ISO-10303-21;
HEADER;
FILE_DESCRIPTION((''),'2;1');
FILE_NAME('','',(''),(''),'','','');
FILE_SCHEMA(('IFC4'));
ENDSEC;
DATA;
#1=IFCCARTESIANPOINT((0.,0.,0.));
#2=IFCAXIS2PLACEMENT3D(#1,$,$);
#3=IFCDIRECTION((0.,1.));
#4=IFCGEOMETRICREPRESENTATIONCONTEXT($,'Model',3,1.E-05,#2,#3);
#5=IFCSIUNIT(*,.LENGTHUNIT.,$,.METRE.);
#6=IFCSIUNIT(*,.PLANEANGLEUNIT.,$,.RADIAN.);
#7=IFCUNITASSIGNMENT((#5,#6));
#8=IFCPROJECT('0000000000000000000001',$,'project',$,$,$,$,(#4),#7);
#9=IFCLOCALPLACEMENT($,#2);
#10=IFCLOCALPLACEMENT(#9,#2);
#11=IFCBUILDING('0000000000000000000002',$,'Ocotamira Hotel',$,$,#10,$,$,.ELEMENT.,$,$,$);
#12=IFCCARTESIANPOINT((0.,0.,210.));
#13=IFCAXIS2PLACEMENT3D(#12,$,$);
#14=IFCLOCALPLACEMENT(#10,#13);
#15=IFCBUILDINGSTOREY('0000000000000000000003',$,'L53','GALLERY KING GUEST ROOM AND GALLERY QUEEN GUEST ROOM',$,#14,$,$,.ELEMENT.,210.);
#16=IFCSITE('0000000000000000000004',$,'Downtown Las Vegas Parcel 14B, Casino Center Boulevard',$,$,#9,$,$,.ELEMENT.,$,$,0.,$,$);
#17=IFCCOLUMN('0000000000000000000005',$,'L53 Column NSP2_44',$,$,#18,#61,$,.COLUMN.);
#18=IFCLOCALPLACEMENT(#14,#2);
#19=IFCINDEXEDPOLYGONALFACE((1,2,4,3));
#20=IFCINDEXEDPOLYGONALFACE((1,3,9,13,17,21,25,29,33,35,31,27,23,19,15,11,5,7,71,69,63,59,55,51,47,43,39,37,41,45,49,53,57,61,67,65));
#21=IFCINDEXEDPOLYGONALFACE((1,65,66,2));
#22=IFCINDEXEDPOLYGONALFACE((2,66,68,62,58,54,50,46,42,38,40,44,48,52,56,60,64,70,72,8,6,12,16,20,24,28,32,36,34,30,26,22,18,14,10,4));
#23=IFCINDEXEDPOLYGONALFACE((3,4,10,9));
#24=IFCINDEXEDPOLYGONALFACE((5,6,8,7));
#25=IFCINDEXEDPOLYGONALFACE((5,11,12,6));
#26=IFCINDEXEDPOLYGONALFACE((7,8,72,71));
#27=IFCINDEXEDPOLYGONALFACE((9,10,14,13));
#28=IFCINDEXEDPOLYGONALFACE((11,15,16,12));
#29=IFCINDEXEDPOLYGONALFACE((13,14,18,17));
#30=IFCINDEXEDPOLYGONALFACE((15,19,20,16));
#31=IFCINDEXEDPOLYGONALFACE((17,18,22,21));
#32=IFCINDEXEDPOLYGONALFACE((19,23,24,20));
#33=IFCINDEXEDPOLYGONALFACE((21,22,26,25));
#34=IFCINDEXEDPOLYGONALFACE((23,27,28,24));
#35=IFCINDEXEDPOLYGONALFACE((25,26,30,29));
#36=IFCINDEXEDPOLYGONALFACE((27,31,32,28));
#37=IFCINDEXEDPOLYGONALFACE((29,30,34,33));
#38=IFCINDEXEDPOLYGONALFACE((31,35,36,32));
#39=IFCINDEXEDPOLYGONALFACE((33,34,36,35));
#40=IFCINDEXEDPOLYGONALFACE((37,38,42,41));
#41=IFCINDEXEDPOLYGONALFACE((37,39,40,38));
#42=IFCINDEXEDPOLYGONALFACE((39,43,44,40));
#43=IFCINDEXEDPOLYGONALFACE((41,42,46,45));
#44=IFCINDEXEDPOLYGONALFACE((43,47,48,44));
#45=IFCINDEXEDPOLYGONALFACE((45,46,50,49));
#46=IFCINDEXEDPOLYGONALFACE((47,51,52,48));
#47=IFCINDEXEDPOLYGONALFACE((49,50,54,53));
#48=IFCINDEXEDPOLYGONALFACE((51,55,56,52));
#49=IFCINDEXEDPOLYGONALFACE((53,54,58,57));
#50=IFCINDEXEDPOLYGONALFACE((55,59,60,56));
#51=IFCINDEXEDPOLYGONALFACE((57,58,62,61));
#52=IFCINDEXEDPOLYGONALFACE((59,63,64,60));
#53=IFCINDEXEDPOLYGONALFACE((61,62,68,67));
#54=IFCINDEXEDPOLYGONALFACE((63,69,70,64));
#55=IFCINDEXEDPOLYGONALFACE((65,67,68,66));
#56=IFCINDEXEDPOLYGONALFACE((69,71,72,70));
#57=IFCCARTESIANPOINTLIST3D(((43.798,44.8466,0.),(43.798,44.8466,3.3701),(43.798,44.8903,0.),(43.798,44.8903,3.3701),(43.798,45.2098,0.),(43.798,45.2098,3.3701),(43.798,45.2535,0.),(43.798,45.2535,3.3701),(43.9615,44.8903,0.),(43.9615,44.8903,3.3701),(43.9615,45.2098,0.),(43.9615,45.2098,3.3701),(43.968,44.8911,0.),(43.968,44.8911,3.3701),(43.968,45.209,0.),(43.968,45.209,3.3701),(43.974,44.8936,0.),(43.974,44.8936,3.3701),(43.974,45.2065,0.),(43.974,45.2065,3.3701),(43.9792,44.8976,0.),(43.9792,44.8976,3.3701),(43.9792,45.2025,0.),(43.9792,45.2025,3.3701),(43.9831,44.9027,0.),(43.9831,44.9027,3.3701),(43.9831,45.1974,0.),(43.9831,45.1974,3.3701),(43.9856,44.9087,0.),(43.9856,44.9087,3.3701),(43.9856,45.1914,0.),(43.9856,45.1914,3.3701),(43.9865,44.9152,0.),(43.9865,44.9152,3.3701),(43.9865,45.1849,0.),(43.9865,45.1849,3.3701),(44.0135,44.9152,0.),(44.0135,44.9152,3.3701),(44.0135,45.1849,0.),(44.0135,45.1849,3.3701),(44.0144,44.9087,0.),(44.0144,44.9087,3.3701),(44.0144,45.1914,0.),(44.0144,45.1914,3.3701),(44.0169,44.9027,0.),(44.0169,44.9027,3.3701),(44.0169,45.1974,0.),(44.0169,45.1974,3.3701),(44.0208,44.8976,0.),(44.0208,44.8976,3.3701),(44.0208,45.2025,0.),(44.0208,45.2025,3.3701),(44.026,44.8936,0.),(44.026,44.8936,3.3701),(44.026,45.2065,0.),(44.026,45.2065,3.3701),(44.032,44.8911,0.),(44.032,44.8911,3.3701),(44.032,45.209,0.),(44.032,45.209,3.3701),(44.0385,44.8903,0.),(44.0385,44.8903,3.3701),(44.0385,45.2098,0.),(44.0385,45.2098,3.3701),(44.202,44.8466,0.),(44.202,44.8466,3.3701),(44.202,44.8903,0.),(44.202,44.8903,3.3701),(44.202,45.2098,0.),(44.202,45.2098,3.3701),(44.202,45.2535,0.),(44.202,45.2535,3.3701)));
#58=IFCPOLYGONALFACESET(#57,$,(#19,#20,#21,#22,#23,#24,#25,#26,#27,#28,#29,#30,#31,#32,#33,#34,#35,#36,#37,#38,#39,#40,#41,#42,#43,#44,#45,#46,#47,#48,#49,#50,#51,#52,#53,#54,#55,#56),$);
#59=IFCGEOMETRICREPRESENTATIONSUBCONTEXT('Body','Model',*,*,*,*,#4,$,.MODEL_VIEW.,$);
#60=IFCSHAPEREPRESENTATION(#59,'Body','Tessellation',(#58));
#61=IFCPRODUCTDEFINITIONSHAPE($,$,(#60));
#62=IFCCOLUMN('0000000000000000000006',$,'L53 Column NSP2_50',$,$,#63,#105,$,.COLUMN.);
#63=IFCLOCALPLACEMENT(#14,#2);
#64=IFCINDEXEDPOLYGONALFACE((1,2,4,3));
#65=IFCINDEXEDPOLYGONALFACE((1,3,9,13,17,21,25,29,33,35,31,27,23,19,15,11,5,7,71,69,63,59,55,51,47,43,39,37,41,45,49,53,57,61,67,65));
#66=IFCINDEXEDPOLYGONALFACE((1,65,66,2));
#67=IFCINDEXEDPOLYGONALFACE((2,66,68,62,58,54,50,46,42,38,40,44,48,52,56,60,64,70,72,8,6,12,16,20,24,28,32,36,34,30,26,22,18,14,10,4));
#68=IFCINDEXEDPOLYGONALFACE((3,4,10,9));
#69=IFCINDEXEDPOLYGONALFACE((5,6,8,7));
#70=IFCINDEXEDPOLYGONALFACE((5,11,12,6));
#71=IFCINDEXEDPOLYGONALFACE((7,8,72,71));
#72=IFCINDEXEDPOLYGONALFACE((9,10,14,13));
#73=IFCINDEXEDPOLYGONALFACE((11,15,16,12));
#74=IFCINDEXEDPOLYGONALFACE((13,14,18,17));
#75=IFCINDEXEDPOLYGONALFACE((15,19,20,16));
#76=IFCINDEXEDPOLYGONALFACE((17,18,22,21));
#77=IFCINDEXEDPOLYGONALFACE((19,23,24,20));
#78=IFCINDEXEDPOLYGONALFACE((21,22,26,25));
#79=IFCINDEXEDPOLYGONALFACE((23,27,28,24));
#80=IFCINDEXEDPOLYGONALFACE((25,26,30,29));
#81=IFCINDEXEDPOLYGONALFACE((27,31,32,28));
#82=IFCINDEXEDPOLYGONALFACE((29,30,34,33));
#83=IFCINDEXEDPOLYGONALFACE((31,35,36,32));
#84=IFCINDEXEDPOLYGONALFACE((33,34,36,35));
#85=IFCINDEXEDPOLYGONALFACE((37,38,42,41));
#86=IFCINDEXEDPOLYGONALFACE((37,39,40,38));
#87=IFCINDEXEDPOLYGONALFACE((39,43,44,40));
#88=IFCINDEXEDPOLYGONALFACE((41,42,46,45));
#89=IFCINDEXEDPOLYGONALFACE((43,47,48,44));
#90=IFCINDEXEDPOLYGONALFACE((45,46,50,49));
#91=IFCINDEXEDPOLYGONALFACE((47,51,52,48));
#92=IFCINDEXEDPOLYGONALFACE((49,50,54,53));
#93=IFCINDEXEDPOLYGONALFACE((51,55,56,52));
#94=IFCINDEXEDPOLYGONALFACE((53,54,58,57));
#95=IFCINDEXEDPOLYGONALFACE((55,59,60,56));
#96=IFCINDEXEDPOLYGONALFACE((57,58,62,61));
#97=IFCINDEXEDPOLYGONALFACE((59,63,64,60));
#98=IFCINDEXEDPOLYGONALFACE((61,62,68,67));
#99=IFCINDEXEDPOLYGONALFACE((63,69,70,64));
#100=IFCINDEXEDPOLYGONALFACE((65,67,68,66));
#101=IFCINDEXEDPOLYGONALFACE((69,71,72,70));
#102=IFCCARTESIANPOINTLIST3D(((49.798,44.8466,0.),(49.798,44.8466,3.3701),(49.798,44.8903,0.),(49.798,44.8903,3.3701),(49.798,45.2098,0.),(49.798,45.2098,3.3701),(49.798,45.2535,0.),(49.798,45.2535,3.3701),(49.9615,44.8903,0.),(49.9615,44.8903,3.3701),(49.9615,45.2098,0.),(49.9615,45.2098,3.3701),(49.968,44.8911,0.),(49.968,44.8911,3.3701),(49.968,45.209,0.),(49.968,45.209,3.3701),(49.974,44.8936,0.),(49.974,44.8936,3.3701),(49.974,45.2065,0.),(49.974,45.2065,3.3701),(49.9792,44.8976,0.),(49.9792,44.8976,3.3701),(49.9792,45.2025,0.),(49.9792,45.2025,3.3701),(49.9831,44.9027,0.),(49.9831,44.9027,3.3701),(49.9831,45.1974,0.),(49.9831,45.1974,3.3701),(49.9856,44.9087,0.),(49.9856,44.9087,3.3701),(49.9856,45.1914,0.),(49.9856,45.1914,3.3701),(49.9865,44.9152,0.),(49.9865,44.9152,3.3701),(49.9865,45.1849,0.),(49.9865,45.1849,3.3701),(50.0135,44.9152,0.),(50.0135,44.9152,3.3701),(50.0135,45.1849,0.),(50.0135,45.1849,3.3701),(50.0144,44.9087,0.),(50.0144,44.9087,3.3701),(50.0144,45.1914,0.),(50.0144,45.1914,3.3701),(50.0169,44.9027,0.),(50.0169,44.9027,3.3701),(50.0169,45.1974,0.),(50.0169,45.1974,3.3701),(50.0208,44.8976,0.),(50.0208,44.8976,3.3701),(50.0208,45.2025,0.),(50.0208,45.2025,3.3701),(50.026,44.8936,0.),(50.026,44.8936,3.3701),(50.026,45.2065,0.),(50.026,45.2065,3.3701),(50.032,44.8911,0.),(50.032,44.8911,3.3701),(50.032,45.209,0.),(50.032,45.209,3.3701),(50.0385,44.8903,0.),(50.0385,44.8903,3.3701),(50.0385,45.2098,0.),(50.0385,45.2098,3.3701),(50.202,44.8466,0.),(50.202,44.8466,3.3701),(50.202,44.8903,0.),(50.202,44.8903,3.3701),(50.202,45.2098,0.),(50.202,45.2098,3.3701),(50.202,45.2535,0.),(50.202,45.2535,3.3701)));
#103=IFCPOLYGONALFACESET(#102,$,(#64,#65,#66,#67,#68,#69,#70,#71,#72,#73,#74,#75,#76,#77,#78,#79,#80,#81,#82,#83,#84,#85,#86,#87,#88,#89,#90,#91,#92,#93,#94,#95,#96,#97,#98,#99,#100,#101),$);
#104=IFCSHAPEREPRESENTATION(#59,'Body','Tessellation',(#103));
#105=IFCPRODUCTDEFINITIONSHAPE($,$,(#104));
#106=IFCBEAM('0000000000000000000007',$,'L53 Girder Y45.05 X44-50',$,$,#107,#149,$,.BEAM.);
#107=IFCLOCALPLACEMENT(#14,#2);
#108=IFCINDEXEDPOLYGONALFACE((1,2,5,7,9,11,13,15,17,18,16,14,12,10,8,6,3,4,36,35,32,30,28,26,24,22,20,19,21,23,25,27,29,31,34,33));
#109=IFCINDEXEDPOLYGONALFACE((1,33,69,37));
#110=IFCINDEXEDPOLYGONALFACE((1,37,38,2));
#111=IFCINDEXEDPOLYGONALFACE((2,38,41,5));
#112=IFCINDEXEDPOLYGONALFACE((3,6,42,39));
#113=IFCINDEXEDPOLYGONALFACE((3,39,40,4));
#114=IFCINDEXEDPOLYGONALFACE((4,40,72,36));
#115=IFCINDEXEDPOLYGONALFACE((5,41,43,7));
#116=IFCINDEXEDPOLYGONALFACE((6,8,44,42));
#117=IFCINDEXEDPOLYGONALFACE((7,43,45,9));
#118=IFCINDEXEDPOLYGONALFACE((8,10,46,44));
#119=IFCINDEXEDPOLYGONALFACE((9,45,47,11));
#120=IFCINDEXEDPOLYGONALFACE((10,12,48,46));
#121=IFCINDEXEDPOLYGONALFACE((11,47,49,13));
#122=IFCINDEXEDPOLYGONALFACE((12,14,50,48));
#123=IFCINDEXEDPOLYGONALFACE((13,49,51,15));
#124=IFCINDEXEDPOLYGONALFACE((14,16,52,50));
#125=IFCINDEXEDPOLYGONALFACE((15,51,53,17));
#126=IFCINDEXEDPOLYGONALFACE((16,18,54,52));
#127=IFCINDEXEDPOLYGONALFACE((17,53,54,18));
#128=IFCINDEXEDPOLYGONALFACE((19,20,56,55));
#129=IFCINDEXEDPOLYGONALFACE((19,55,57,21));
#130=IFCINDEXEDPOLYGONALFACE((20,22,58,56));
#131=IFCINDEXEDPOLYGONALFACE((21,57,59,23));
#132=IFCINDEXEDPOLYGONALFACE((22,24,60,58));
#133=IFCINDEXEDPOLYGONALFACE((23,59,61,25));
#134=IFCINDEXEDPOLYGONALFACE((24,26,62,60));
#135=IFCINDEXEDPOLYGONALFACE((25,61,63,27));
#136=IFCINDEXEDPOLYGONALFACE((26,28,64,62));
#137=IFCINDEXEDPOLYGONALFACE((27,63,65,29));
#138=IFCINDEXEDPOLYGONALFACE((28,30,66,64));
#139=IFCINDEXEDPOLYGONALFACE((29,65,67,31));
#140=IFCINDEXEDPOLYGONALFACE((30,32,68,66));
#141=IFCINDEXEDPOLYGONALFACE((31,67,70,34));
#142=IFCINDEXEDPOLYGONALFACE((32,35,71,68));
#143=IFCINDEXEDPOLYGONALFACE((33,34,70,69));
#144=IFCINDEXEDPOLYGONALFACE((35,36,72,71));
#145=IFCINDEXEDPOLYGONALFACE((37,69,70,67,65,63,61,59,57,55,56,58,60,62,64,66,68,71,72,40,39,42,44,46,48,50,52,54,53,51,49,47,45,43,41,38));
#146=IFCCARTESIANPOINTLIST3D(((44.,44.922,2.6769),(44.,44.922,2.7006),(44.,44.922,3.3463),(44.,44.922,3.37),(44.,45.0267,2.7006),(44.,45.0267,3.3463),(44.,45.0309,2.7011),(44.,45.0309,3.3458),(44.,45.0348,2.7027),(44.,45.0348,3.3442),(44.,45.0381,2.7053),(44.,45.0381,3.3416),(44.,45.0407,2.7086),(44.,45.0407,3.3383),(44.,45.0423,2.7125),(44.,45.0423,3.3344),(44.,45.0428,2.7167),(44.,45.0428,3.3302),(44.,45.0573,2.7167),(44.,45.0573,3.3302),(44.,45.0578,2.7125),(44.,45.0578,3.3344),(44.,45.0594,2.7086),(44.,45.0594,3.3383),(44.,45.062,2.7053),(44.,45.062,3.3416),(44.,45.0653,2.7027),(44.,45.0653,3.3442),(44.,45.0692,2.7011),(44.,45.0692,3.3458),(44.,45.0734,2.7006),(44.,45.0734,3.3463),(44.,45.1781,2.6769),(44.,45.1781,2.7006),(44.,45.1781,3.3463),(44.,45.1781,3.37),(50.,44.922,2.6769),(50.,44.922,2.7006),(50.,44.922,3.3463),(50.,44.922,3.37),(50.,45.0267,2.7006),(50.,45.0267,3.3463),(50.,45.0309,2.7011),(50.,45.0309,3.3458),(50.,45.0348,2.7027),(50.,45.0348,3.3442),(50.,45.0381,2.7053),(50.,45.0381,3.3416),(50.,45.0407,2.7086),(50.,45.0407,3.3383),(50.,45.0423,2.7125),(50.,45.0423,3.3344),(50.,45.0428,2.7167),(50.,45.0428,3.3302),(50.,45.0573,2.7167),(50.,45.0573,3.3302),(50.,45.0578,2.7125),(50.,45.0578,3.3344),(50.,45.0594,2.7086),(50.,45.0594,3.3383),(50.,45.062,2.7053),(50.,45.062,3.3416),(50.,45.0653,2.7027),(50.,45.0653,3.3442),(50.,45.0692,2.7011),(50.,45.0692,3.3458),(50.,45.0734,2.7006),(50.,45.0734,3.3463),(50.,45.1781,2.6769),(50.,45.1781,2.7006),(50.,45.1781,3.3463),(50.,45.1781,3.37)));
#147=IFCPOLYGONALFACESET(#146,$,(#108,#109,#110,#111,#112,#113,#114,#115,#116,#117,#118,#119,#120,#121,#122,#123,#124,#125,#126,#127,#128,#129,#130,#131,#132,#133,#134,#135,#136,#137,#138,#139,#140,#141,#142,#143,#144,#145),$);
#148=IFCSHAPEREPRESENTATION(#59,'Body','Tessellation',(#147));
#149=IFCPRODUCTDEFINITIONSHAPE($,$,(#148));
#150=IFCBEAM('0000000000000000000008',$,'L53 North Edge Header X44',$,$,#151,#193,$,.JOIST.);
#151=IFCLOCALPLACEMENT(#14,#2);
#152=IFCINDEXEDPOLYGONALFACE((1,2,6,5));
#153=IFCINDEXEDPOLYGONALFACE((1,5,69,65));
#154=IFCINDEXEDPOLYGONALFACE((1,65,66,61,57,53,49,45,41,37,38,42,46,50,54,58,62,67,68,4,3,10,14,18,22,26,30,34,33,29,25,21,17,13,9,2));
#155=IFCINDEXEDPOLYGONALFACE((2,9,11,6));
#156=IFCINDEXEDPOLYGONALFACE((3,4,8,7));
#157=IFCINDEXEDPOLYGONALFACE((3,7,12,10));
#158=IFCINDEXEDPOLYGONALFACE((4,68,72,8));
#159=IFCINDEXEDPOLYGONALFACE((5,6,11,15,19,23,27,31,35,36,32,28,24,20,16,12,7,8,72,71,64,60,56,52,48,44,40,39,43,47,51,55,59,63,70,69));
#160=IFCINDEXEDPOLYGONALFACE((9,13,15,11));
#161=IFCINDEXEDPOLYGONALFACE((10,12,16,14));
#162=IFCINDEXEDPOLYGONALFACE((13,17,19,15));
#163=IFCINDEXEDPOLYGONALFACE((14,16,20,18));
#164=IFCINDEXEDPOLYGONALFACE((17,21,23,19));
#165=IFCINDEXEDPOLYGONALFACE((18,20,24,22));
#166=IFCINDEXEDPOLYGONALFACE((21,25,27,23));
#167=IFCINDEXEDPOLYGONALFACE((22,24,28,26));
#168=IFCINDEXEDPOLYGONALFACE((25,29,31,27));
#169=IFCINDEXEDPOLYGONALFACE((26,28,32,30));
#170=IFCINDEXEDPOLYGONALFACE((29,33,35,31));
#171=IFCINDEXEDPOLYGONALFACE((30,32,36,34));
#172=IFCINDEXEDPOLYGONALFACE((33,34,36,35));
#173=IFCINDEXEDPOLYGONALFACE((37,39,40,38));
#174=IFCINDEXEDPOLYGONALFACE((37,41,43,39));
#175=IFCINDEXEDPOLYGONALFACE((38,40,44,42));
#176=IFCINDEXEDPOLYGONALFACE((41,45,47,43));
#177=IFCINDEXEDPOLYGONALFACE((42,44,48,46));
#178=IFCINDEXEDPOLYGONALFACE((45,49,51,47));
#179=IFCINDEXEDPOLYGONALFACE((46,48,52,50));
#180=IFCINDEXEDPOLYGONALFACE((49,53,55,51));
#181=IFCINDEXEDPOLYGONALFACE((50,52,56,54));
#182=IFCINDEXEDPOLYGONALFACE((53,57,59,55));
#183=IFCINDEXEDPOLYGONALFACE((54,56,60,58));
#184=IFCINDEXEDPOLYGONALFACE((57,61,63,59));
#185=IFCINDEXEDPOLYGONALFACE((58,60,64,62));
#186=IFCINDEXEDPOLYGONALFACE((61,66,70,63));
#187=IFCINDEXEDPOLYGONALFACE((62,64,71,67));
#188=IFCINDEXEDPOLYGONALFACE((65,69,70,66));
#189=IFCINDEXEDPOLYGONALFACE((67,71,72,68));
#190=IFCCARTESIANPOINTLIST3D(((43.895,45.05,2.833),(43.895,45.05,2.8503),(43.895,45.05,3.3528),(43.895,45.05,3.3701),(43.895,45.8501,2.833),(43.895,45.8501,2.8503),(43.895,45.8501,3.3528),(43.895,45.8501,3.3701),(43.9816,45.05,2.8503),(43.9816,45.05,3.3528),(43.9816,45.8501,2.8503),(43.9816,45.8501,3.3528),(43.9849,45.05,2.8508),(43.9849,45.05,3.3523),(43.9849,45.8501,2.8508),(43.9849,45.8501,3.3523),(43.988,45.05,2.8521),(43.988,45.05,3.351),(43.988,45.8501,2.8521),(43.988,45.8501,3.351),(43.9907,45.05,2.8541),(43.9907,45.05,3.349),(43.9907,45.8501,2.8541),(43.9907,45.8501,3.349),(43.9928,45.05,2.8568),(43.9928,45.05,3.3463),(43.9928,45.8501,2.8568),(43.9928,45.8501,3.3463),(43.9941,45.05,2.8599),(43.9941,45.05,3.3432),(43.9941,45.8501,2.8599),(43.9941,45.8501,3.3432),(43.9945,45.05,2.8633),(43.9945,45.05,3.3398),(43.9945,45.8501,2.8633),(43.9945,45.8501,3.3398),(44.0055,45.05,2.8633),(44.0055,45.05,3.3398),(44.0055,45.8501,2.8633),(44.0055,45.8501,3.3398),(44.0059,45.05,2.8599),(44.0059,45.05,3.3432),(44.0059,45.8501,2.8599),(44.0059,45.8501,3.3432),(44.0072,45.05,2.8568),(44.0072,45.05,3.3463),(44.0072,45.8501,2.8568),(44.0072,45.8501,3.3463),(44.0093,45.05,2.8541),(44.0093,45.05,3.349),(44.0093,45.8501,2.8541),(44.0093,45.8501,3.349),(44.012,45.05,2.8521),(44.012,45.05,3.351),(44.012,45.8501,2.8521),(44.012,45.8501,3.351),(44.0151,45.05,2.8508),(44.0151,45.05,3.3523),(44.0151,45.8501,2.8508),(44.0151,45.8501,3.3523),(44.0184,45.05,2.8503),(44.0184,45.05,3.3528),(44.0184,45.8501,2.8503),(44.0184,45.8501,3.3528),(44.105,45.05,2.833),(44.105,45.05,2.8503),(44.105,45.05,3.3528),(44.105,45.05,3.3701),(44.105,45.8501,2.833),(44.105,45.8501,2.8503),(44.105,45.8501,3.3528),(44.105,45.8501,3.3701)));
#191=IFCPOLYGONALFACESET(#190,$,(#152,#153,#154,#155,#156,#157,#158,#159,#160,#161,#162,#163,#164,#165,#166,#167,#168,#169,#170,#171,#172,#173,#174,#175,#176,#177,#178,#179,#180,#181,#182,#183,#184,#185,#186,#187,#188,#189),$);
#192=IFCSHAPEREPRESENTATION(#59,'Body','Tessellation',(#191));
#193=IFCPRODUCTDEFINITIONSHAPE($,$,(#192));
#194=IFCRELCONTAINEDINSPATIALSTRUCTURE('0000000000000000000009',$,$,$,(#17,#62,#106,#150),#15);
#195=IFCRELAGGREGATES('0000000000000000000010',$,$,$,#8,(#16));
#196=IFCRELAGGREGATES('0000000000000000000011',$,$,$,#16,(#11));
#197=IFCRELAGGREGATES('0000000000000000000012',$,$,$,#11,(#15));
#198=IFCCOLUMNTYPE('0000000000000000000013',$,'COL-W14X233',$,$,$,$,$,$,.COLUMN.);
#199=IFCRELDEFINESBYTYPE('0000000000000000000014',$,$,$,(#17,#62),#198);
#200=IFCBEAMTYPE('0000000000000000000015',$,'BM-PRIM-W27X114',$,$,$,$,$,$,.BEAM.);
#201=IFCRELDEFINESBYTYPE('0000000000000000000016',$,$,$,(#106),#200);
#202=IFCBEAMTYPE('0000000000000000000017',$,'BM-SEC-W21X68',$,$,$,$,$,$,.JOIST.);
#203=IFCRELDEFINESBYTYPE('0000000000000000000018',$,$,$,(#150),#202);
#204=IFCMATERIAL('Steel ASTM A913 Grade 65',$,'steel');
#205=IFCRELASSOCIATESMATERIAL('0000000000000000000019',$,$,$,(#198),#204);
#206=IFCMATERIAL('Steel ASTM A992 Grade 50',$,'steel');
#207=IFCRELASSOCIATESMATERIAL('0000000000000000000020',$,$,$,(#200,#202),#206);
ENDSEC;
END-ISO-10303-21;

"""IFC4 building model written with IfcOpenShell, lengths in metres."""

from ifc_helpers import new_model, si_unit, direction, frame, origin, origin_2d, place, context, subcontext, project, spatial, i_section, extrude, source, transform, mapped, material, material_profile, profile_set, type_object, element, save


model = new_model("IFC4")

# Units and contexts
model_context = context("Model", 3, precision=1e-05, world=origin(), true_north=direction((0.0, 1.0)))
body_context = subcontext(model_context, "Body", "Model", "MODEL_VIEW")
ifc_project = project(units=[si_unit("LENGTHUNIT", "METRE"), si_unit("PLANEANGLEUNIT", "RADIAN")], contexts=[model_context])

# Site, building, storey
site_placement = place(None, origin())
site = spatial("IfcSite", under=ifc_project, at=site_placement, Name="Downtown Las Vegas Parcel 14B, Casino Center Boulevard", CompositionType="ELEMENT", RefElevation=0.0)
building_placement = place(site_placement, origin())
building = spatial("IfcBuilding", under=site, at=building_placement, Name="Ocotamira Hotel", CompositionType="ELEMENT")
storey_placement = place(building_placement, frame((0.0, 0.0, 210.0)))
storey = spatial("IfcBuildingStorey", under=building, at=storey_placement, Name="L53", Description="GALLERY KING GUEST ROOM AND GALLERY QUEEN GUEST ROOM", CompositionType="ELEMENT", Elevation=210.0)

# Columns
ifc_material_1 = material(Name="Steel ASTM A913 Grade 65", Category="steel")
ifc_material_profile_1 = material_profile(ifc_material_1, i_section(OverallWidth=0.4041, OverallDepth=0.407, WebThickness=0.0271, FlangeThickness=0.0437, FilletRadius=0.0249, at=origin_2d()), Name="W14X233")
ifc_profile_set_1 = profile_set([ifc_material_profile_1], Name="Steel ASTM A913 Grade 65")
column_type = type_object("IfcColumnType", Name="COL-W14X233", PredefinedType="COLUMN", material=ifc_profile_set_1)
shared_shape_1 = source(origin(), body_context, "Body", "SweptSolid", [
    extrude(i_section(OverallWidth=0.4041, OverallDepth=0.407, WebThickness=0.0271, FlangeThickness=0.0437, FilletRadius=0.0249, at=origin_2d()), origin(), (0.0, 0.0, 1.0), 3.3701),
])
for number, where, z_axis, x_axis, name in (
    (1, (44.0, 45.05, 0.0), (0.0, 0.0, 1.0), (1.0, 0.0, 0.0), "L53 Column NSP2_44"),
    (2, (50.0, 45.05, 0.0), (0.0, 0.0, 1.0), (1.0, 0.0, 0.0), "L53 Column NSP2_50"),
):
    element("IfcColumn", number, at=place(storey_placement, frame(where, z_axis=z_axis, x_axis=x_axis)), inside=storey, type_object=column_type, Name=name, PredefinedType="COLUMN", context=body_context, shape_type="MappedRepresentation", body=[
        mapped(shared_shape_1, transform((0.0, 0.0, 0.0), scale=1.0)),
    ])

# Beams
ifc_material_2 = material(Name="Steel ASTM A992 Grade 50", Category="steel")
ifc_material_profile_2 = material_profile(ifc_material_2, i_section(OverallWidth=0.2561, OverallDepth=0.6931, WebThickness=0.0144, FlangeThickness=0.0237, FilletRadius=0.0161, at=origin_2d()), Name="W27X114")
ifc_profile_set_2 = profile_set([ifc_material_profile_2], Name="Steel ASTM A992 Grade 50")
beam_type_1 = type_object("IfcBeamType", Name="BM-PRIM-W27X114", PredefinedType="BEAM", material=ifc_profile_set_2)
shared_shape_2 = source(origin(), body_context, "Body", "SweptSolid", [
    extrude(i_section(OverallWidth=0.2561, OverallDepth=0.6931, WebThickness=0.0144, FlangeThickness=0.0237, FilletRadius=0.0161, at=origin_2d()), origin(), (0.0, 0.0, 1.0), 6.0),
])
beam_1_placement = place(storey_placement, frame((44.0, 45.05, 3.0234), z_axis=(1.0, 0.0, 0.0), x_axis=(0.0, 1.0, 0.0)))
element("IfcBeam", 3, at=beam_1_placement, inside=storey, type_object=beam_type_1, Name="L53 Girder Y45.05 X44-50", PredefinedType="BEAM", context=body_context, shape_type="MappedRepresentation", body=[
    mapped(shared_shape_2, transform((0.0, 0.0, 0.0), scale=1.0)),
])
ifc_material_profile_3 = material_profile(ifc_material_2, i_section(OverallWidth=0.21, OverallDepth=0.5371, WebThickness=0.011, FlangeThickness=0.0173, FilletRadius=0.0129, at=origin_2d()), Name="W21X68")
ifc_profile_set_3 = profile_set([ifc_material_profile_3], Name="Steel ASTM A992 Grade 50")
beam_type_2 = type_object("IfcBeamType", Name="BM-SEC-W21X68", PredefinedType="JOIST", material=ifc_profile_set_3)
shared_shape_3 = source(origin(), body_context, "Body", "SweptSolid", [
    extrude(i_section(OverallWidth=0.21, OverallDepth=0.5371, WebThickness=0.011, FlangeThickness=0.0173, FilletRadius=0.0129, at=origin_2d()), origin(), (0.0, 0.0, 1.0), 0.8),
])
for number, where, z_axis, x_axis, name in (
    (4, (44.0, 45.05, 3.1016), (0.0, 1.0, 0.0), (-1.0, 0.0, 0.0), "L53 North Edge Header X44"),
):
    element("IfcBeam", number, at=place(storey_placement, frame(where, z_axis=z_axis, x_axis=x_axis)), inside=storey, type_object=beam_type_2, Name=name, PredefinedType="JOIST", context=body_context, shape_type="MappedRepresentation", body=[
        mapped(shared_shape_3, transform((0.0, 0.0, 0.0), scale=1.0)),
    ])

save(model, "model.ifc")
